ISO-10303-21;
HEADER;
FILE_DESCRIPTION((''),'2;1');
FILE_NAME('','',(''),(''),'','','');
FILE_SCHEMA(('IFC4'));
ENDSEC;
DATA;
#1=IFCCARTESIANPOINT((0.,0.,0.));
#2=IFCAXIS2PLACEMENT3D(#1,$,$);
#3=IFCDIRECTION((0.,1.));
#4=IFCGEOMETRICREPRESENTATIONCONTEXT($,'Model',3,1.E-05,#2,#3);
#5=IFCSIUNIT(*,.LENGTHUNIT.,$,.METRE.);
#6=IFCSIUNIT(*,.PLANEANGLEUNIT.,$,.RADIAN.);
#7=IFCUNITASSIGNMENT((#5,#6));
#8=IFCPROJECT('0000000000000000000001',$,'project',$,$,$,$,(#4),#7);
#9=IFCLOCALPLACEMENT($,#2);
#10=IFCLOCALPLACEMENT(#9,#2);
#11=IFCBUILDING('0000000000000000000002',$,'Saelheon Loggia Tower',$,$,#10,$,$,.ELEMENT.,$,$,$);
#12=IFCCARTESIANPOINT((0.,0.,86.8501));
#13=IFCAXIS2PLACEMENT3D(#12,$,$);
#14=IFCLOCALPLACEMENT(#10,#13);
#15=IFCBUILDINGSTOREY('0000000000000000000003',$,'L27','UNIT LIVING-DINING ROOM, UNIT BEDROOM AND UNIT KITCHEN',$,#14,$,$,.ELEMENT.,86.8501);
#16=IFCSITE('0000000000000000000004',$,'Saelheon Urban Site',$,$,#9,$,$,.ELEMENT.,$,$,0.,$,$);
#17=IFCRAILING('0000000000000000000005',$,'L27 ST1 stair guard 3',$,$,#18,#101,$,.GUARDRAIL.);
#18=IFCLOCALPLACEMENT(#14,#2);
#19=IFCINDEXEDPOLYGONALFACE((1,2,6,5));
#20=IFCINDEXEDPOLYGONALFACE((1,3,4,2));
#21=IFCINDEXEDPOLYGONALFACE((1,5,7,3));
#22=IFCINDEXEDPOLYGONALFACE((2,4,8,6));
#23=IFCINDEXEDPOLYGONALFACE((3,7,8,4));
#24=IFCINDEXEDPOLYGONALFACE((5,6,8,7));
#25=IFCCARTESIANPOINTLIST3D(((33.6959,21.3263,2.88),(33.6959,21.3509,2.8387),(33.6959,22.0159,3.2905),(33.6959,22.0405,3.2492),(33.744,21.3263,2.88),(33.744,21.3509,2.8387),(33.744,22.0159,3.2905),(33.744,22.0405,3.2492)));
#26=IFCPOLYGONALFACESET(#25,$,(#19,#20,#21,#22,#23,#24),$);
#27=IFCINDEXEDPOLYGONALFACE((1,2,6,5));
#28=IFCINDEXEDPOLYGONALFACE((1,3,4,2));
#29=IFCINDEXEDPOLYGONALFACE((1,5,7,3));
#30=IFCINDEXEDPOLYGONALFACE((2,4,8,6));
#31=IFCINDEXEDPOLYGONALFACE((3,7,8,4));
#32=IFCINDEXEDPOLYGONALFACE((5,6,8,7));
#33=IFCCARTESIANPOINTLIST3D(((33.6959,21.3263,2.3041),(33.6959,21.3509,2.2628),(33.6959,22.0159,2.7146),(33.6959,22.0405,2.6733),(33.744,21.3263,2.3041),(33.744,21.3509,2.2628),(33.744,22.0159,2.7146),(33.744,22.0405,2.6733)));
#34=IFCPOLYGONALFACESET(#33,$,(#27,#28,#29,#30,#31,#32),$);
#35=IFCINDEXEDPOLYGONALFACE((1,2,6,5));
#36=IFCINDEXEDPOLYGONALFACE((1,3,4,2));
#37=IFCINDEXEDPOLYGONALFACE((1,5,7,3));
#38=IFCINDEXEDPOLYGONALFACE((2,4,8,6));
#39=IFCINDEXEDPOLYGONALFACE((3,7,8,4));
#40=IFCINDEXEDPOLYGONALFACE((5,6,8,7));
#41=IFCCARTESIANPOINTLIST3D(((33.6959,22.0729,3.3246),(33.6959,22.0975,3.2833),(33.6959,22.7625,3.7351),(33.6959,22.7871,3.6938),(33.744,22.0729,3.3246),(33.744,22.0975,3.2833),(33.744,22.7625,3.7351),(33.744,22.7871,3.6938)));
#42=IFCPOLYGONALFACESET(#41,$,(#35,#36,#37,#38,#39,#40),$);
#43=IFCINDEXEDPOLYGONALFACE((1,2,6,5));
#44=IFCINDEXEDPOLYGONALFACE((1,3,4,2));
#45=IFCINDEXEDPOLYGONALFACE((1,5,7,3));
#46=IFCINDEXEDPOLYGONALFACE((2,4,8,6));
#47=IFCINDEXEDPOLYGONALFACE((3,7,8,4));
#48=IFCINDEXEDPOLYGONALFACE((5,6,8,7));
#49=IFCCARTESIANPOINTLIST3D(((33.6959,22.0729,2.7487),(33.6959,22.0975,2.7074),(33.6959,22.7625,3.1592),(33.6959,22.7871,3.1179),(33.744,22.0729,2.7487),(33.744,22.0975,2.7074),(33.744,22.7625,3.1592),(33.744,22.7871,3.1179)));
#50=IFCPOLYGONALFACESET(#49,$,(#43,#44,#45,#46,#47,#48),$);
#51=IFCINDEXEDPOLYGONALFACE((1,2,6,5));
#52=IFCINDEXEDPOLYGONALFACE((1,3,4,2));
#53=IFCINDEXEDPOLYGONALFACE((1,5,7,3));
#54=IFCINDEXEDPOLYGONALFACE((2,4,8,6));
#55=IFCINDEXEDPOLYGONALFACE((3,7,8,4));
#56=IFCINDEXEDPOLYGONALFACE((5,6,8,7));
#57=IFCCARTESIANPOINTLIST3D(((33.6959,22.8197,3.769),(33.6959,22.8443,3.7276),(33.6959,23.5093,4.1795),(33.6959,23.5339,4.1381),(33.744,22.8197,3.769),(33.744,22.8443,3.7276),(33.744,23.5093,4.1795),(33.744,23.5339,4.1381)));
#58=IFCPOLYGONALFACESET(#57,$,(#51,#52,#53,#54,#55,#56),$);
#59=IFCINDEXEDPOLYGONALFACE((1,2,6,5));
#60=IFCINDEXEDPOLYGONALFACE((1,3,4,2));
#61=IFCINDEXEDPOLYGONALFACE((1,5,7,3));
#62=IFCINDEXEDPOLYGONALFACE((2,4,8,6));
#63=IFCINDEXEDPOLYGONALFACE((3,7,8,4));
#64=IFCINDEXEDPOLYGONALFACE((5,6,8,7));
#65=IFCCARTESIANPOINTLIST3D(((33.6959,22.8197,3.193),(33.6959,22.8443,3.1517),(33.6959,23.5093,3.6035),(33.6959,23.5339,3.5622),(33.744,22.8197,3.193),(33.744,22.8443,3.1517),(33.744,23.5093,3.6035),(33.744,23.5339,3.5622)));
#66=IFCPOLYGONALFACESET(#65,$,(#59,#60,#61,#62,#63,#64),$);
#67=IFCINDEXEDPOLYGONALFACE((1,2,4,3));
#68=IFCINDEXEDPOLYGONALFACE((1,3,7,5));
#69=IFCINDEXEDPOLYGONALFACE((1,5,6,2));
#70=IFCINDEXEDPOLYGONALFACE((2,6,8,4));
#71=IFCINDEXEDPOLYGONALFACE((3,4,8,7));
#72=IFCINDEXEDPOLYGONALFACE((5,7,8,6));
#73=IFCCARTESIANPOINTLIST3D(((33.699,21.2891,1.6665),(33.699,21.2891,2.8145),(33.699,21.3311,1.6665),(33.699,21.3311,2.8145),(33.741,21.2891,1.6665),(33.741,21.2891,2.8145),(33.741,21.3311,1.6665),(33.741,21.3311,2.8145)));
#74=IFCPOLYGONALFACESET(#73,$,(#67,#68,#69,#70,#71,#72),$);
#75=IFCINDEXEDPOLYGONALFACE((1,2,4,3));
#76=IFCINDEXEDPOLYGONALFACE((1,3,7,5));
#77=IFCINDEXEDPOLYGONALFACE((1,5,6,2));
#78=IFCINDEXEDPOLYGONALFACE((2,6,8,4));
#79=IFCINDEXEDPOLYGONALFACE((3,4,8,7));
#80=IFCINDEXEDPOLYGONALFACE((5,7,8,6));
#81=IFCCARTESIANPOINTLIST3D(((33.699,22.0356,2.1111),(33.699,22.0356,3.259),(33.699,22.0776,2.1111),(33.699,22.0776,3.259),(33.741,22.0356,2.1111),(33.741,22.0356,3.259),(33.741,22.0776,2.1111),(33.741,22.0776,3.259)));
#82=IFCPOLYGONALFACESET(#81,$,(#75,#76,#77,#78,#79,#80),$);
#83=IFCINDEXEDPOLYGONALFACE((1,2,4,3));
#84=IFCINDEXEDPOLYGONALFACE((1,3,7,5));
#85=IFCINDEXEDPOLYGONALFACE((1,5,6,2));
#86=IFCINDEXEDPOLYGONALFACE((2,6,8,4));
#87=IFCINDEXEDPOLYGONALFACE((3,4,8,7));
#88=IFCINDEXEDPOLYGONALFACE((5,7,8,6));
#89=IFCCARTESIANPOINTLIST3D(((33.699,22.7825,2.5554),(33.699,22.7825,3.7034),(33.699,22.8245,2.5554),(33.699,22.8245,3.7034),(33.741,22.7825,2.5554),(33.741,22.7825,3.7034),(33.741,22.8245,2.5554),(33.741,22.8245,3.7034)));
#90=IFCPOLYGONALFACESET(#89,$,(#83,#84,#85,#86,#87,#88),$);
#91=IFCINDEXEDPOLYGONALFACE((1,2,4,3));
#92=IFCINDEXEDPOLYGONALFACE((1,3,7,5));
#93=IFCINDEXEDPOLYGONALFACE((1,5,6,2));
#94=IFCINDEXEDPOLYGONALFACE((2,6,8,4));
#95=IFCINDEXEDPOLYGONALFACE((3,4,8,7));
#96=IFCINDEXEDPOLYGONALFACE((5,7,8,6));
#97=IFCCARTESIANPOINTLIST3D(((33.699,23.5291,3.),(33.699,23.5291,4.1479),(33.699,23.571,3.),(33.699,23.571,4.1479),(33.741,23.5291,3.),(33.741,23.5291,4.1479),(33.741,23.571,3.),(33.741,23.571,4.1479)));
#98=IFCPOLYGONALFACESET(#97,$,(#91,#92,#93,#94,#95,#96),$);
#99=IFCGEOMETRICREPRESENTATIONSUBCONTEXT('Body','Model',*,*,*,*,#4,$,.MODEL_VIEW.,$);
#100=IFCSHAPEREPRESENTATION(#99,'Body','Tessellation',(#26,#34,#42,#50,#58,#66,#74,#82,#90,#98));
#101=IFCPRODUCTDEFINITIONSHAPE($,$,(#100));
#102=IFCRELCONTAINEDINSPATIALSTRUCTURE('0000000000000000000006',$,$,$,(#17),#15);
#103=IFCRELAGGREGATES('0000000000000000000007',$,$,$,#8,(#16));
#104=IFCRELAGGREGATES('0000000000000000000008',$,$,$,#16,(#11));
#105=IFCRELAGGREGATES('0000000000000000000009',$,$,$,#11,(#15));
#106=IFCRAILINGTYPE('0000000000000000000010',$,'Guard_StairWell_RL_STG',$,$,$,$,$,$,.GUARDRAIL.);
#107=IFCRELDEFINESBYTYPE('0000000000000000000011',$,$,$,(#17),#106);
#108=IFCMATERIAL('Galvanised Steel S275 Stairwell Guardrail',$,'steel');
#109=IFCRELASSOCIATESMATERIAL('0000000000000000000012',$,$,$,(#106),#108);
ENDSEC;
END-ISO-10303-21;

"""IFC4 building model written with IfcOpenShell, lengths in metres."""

from ifc_helpers import new_model, si_unit, direction, frame, origin, origin_2d, place, context, subcontext, project, spatial, rectangle, extrude, material, type_object, element, save


model = new_model("IFC4")

# Units and contexts
model_context = context("Model", 3, precision=1e-05, world=origin(), true_north=direction((0.0, 1.0)))
body_context = subcontext(model_context, "Body", "Model", "MODEL_VIEW")
ifc_project = project(units=[si_unit("LENGTHUNIT", "METRE"), si_unit("PLANEANGLEUNIT", "RADIAN")], contexts=[model_context])

# Site, building, storey
site_placement = place(None, origin())
site = spatial("IfcSite", under=ifc_project, at=site_placement, Name="Saelheon Urban Site", CompositionType="ELEMENT", RefElevation=0.0)
building_placement = place(site_placement, origin())
building = spatial("IfcBuilding", under=site, at=building_placement, Name="Saelheon Loggia Tower", CompositionType="ELEMENT")
storey_placement = place(building_placement, frame((0.0, 0.0, 86.8501)))
storey = spatial("IfcBuildingStorey", under=building, at=storey_placement, Name="L27", Description="UNIT LIVING-DINING ROOM, UNIT BEDROOM AND UNIT KITCHEN", CompositionType="ELEMENT", Elevation=86.8501)

# Railing
ifc_material_1 = material(Name="Galvanised Steel S275 Stairwell Guardrail", Category="steel")
railing_type = type_object("IfcRailingType", Name="Guard_StairWell_RL_STG", PredefinedType="GUARDRAIL", material=ifc_material_1)
railing_1_placement = place(storey_placement, frame((33.72, 21.3101, 1.6665)))
element("IfcRailing", 1, at=railing_1_placement, inside=storey, type_object=railing_type, Name="L27 ST1 stair guard 3", PredefinedType="GUARDRAIL", context=body_context, shape_type="SweptSolid", body=[
    extrude(rectangle(XDim=0.0481, YDim=0.0481, at=origin_2d()), frame((0.0, 0.0286, 1.1929), z_axis=(0.0, 0.859264, 0.511532), x_axis=(-1.0, 0.0, 0.0)), (0.0, 0.0, 1.0), 0.8025),
    extrude(rectangle(XDim=0.0481, YDim=0.0481, at=origin_2d()), frame((0.0, 0.0286, 0.6169), z_axis=(0.0, 0.859264, 0.511532), x_axis=(-1.0, 0.0, 0.0)), (0.0, 0.0, 1.0), 0.8025),
    extrude(rectangle(XDim=0.0481, YDim=0.0481, at=origin_2d()), frame((0.0, 0.7751, 1.6375), z_axis=(0.0, 0.859264, 0.511532), x_axis=(-1.0, 0.0, 0.0)), (0.0, 0.0, 1.0), 0.8025),
    extrude(rectangle(XDim=0.0481, YDim=0.0481, at=origin_2d()), frame((0.0, 0.7751, 1.0615), z_axis=(0.0, 0.859264, 0.511532), x_axis=(-1.0, 0.0, 0.0)), (0.0, 0.0, 1.0), 0.8025),
    extrude(rectangle(XDim=0.0481, YDim=0.0481, at=origin_2d()), frame((0.0, 1.522, 2.0818), z_axis=(0.0, 0.859264, 0.511532), x_axis=(-1.0, 0.0, 0.0)), (0.0, 0.0, 1.0), 0.8025),
    extrude(rectangle(XDim=0.0481, YDim=0.0481, at=origin_2d()), frame((0.0, 1.522, 1.5059), z_axis=(0.0, 0.859264, 0.511532), x_axis=(-1.0, 0.0, 0.0)), (0.0, 0.0, 1.0), 0.8025),
    extrude(rectangle(XDim=0.042, YDim=0.042, at=origin_2d()), origin(), (0.0, 0.0, 1.0), 1.1479),
    extrude(rectangle(XDim=0.042, YDim=0.042, at=origin_2d()), frame((0.0, 0.7466, 0.4446)), (0.0, 0.0, 1.0), 1.1479),
    extrude(rectangle(XDim=0.042, YDim=0.042, at=origin_2d()), frame((0.0, 1.4934, 0.8889)), (0.0, 0.0, 1.0), 1.1479),
    extrude(rectangle(XDim=0.042, YDim=0.042, at=origin_2d()), frame((0.0, 2.24, 1.3335)), (0.0, 0.0, 1.0), 1.1479),
])

save(model, "model.ifc")
